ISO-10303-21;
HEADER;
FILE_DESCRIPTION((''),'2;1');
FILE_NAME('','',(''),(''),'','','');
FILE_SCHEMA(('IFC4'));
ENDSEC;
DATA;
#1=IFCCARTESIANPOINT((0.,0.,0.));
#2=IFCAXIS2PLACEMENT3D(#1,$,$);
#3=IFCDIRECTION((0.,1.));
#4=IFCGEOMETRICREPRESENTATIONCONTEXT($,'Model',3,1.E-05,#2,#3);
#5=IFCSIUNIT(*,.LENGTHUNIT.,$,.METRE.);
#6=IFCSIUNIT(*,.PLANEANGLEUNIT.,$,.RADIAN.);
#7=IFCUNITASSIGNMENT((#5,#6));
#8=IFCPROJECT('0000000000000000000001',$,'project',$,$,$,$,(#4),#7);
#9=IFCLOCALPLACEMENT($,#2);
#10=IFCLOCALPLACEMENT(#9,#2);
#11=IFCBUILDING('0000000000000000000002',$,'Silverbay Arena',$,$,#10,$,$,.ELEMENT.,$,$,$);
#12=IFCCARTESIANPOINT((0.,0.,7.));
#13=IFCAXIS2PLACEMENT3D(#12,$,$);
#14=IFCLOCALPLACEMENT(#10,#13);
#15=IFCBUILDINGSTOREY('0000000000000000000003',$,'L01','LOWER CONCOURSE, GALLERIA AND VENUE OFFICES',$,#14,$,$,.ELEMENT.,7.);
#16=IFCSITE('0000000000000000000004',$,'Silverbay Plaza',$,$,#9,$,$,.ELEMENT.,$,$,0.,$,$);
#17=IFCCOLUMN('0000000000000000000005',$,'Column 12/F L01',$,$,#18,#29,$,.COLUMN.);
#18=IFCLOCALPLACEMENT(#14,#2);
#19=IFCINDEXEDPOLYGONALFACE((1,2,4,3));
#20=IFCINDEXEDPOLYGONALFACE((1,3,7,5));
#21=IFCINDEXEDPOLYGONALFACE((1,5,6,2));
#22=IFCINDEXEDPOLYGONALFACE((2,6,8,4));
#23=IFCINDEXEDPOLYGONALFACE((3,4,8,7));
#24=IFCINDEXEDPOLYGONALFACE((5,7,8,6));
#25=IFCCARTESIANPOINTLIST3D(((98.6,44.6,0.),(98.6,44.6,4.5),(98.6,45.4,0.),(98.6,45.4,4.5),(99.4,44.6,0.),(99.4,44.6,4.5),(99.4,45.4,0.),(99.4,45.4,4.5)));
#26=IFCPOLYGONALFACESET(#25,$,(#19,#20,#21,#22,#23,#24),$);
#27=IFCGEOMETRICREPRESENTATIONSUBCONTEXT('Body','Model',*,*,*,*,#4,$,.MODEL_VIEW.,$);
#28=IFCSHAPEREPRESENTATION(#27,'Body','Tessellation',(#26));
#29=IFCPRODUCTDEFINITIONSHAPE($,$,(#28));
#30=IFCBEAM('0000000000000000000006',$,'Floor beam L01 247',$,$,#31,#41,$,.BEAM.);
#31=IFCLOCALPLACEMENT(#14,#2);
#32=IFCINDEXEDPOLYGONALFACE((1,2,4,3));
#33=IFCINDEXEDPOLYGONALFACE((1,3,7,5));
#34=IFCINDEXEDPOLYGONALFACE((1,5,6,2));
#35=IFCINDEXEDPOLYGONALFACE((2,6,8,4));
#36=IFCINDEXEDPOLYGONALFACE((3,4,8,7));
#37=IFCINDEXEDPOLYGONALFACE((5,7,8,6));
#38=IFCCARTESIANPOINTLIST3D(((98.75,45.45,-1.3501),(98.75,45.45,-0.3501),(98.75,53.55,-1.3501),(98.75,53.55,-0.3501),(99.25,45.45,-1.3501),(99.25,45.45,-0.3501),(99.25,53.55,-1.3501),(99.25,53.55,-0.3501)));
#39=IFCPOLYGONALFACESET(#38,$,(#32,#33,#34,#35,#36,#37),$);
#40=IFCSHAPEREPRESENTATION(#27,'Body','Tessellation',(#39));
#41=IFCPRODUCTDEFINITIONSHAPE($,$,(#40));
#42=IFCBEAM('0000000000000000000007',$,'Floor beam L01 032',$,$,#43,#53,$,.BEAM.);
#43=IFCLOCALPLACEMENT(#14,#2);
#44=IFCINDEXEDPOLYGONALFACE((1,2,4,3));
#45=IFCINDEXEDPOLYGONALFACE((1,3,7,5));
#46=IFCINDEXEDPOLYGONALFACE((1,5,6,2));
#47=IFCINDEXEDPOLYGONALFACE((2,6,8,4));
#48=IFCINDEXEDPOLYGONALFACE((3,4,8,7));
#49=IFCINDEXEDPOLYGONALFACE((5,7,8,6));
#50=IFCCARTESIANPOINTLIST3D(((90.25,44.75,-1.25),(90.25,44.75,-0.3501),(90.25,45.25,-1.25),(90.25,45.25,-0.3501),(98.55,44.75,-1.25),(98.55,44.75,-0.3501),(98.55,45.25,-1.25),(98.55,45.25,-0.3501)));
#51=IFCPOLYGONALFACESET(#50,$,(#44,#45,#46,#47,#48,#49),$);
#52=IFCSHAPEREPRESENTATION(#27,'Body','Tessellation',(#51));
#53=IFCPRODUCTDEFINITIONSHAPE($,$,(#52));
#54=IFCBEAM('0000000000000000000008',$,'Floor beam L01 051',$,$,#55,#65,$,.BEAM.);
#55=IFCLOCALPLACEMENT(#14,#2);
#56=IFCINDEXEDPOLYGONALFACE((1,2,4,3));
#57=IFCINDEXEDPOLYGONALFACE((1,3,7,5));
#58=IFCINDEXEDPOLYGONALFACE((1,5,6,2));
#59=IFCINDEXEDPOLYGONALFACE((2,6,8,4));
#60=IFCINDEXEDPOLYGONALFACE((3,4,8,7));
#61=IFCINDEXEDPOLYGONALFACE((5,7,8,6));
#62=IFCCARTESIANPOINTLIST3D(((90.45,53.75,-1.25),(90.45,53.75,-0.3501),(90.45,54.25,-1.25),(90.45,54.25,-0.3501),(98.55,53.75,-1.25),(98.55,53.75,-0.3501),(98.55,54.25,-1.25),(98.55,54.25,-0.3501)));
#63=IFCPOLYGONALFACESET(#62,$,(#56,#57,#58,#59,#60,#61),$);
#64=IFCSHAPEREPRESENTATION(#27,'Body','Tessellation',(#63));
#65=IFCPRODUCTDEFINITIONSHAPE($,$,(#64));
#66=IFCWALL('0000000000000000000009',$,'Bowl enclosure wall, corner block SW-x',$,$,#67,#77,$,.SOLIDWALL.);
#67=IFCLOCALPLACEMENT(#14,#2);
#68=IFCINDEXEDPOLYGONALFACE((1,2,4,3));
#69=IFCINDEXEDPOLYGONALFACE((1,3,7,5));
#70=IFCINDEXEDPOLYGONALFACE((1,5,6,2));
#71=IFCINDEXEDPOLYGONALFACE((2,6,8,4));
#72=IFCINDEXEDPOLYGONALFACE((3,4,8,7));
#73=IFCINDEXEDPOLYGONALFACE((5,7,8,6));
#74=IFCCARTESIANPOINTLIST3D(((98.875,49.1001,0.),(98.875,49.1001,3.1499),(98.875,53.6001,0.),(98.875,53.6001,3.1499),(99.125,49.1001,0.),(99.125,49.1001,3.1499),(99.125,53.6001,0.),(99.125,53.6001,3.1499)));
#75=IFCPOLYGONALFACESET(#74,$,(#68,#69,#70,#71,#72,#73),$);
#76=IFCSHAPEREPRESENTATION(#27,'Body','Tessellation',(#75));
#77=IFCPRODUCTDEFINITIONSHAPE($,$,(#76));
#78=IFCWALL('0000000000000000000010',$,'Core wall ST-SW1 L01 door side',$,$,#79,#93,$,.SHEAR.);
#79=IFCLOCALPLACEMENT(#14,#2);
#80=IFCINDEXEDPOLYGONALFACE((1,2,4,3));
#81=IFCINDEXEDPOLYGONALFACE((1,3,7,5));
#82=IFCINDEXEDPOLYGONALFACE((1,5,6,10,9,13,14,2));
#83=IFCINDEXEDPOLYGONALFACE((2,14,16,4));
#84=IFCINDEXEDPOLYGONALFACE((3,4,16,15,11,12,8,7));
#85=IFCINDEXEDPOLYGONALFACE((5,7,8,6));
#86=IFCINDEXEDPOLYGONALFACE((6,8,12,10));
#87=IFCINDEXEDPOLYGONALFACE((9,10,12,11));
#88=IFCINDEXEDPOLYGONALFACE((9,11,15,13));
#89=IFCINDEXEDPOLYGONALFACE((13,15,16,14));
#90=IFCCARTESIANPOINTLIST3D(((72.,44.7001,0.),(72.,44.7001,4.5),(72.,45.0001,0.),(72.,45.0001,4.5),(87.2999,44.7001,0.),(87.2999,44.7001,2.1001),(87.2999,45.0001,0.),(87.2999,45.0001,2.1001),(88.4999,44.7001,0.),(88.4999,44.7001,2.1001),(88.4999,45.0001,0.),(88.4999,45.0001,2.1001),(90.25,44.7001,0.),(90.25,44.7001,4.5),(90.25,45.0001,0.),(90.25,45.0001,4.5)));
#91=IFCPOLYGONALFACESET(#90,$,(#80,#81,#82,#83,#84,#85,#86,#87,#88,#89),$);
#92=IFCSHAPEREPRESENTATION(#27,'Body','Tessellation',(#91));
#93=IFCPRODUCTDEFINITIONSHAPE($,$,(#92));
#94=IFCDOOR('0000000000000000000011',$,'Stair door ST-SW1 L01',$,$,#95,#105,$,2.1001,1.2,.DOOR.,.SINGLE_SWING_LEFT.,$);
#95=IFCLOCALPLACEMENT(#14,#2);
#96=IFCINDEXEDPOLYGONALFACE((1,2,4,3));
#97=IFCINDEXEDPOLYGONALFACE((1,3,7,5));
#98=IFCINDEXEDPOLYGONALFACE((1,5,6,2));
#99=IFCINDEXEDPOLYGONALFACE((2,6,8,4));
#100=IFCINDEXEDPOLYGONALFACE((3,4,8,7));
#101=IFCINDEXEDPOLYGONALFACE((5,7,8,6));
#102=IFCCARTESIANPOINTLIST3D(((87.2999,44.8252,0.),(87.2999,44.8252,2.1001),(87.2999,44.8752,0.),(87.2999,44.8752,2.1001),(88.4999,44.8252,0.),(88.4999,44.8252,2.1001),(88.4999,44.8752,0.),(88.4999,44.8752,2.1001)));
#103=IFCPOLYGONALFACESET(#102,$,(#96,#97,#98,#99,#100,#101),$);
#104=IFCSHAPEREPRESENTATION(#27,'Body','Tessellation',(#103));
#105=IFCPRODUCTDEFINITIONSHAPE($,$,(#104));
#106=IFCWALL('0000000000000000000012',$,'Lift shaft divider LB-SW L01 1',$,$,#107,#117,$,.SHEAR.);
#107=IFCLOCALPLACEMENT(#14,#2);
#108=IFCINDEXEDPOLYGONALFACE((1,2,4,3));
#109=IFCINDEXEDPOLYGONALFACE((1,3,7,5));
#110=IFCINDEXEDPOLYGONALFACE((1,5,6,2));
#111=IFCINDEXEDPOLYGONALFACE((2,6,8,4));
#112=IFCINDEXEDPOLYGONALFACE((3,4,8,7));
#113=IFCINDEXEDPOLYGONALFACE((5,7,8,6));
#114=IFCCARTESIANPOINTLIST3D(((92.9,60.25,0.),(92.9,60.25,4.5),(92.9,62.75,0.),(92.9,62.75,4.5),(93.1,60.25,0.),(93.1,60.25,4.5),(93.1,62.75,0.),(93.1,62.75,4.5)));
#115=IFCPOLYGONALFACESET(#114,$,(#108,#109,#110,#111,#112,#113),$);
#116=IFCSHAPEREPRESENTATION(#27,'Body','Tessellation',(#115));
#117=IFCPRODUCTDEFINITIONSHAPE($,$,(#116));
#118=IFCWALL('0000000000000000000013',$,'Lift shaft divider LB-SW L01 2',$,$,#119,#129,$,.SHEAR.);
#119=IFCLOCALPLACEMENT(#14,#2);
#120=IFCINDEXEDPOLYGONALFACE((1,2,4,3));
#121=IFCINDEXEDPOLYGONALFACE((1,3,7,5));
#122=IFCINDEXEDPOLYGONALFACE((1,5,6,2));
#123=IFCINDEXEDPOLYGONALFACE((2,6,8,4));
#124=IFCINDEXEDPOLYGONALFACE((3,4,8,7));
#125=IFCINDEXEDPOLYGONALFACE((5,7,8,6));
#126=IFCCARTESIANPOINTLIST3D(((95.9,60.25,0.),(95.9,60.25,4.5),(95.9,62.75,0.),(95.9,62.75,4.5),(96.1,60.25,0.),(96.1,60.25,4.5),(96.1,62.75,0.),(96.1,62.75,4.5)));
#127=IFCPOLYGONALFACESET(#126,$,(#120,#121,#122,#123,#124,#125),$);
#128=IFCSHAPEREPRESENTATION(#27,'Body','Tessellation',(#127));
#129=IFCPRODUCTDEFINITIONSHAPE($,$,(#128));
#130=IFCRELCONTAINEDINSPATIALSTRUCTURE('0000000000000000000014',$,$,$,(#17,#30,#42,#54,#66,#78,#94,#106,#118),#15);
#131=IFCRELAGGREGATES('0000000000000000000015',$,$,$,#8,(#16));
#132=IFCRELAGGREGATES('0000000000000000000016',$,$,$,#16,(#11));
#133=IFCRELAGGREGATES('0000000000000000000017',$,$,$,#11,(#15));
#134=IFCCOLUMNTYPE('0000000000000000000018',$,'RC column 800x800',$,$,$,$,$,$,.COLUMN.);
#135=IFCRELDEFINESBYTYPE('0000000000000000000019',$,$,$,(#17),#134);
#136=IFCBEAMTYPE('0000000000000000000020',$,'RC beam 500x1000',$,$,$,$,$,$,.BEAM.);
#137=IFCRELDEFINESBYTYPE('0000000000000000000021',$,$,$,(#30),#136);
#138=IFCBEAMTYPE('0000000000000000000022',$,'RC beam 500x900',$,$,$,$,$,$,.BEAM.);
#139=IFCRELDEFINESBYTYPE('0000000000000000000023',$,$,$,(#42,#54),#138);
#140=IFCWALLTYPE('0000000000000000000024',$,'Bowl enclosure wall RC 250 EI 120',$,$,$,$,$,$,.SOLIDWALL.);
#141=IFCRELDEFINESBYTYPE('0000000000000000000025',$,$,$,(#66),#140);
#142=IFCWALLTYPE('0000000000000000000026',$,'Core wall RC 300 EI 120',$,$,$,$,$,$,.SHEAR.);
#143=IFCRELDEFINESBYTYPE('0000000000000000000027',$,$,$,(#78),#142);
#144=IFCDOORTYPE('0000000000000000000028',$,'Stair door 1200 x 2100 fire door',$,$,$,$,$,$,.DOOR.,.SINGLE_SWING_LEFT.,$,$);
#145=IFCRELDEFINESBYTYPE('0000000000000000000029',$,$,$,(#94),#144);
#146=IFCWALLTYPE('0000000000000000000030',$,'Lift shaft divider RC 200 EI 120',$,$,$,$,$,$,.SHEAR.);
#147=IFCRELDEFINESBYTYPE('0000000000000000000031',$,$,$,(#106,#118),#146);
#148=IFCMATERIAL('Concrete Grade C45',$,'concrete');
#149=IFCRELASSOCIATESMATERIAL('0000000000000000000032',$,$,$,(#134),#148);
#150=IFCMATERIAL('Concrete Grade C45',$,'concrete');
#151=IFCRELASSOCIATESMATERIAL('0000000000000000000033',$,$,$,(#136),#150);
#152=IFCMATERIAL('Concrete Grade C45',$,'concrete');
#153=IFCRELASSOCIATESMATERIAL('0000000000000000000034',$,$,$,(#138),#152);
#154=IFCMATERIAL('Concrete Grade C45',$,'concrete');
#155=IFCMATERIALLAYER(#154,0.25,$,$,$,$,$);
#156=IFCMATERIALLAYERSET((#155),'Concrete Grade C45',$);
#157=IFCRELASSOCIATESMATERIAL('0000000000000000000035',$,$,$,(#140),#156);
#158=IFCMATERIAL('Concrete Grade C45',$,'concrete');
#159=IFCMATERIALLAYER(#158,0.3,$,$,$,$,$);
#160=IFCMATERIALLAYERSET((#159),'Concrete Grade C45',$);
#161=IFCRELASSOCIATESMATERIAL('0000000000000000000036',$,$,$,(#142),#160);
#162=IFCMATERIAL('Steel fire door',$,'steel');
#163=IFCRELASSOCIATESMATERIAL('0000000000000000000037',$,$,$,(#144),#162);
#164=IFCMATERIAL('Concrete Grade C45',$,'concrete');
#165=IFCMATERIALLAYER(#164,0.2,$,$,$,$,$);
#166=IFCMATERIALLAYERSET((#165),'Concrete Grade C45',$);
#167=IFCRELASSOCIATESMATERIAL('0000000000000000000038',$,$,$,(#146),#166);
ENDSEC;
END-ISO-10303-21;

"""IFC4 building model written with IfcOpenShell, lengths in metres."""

from ifc_helpers import new_model, si_unit, direction, frame, frame_2d, origin, origin_2d, place, context, subcontext, project, spatial, rectangle, extrude, material, layer, layer_set, material_profile, profile_set, type_object, element, fill, save


model = new_model("IFC4")

# Units and contexts
model_context = context("Model", 3, precision=1e-05, world=origin(), true_north=direction((0.0, 1.0)))
body_context = subcontext(model_context, "Body", "Model", "MODEL_VIEW")
ifc_project = project(units=[si_unit("LENGTHUNIT", "METRE"), si_unit("PLANEANGLEUNIT", "RADIAN")], contexts=[model_context])

# Site, building, storey
site_placement = place(None, origin())
site = spatial("IfcSite", under=ifc_project, at=site_placement, Name="Silverbay Plaza", CompositionType="ELEMENT", RefElevation=0.0)
building_placement = place(site_placement, origin())
building = spatial("IfcBuilding", under=site, at=building_placement, Name="Silverbay Arena", CompositionType="ELEMENT")
storey_placement = place(building_placement, frame((0.0, 0.0, 7.0)))
storey = spatial("IfcBuildingStorey", under=building, at=storey_placement, Name="L01", Description="LOWER CONCOURSE, GALLERIA AND VENUE OFFICES", CompositionType="ELEMENT", Elevation=7.0)

# Column
ifc_material_1 = material(Name="Concrete Grade C45", Category="concrete")
ifc_material_profile_1 = material_profile(ifc_material_1, rectangle(XDim=0.8, YDim=0.8, at=origin_2d()), Name="RC 800x800")
ifc_profile_set_1 = profile_set([ifc_material_profile_1], Name="Concrete Grade C45")
column_type = type_object("IfcColumnType", Name="RC column 800x800", PredefinedType="COLUMN", material=ifc_profile_set_1)
column_placement = place(storey_placement, frame((99.0, 45.0, 0.0), z_axis=(0.0, 0.0, 1.0), x_axis=(1.0, 0.0, 0.0)))
element("IfcColumn", 1, at=column_placement, inside=storey, type_object=column_type, Name="Column 12/F L01", PredefinedType="COLUMN", context=body_context, shape_type="SweptSolid", body=[
    extrude(rectangle(XDim=0.8, YDim=0.8, at=origin_2d()), origin(), (0.0, 0.0, 1.0), 4.5),
])

# Beams
ifc_material_2 = material(Name="Concrete Grade C45", Category="concrete")
ifc_material_profile_2 = material_profile(ifc_material_2, rectangle(XDim=0.5, YDim=1.0, at=origin_2d()), Name="RC 500x1000")
ifc_profile_set_2 = profile_set([ifc_material_profile_2], Name="Concrete Grade C45")
beam_type_1 = type_object("IfcBeamType", Name="RC beam 500x1000", PredefinedType="BEAM", material=ifc_profile_set_2)
beam_1_placement = place(storey_placement, frame((99.0, 45.45, -0.8501), z_axis=(0.0, 1.0, 0.0), x_axis=(-1.0, 0.0, 0.0)))
element("IfcBeam", 2, at=beam_1_placement, inside=storey, type_object=beam_type_1, Name="Floor beam L01 247", PredefinedType="BEAM", context=body_context, shape_type="SweptSolid", body=[
    extrude(rectangle(XDim=0.5, YDim=1.0, at=origin_2d()), origin(), (0.0, 0.0, 1.0), 8.1001),
])
ifc_material_3 = material(Name="Concrete Grade C45", Category="concrete")
ifc_material_profile_3 = material_profile(ifc_material_3, rectangle(XDim=0.5, YDim=0.8999, at=origin_2d()), Name="RC 500x900")
ifc_profile_set_3 = profile_set([ifc_material_profile_3], Name="Concrete Grade C45")
beam_type_2 = type_object("IfcBeamType", Name="RC beam 500x900", PredefinedType="BEAM", material=ifc_profile_set_3)
beam_2_placement = place(storey_placement, frame((90.25, 45.0, -0.8), z_axis=(1.0, 0.0, 0.0), x_axis=(0.0, 1.0, 0.0)))
element("IfcBeam", 3, at=beam_2_placement, inside=storey, type_object=beam_type_2, Name="Floor beam L01 032", PredefinedType="BEAM", context=body_context, shape_type="SweptSolid", body=[
    extrude(rectangle(XDim=0.5, YDim=0.8999, at=origin_2d()), origin(), (0.0, 0.0, 1.0), 8.3),
])
beam_3_placement = place(storey_placement, frame((90.45, 54.0, -0.8), z_axis=(1.0, 0.0, 0.0), x_axis=(0.0, 1.0, 0.0)))
element("IfcBeam", 4, at=beam_3_placement, inside=storey, type_object=beam_type_2, Name="Floor beam L01 051", PredefinedType="BEAM", context=body_context, shape_type="SweptSolid", body=[
    extrude(rectangle(XDim=0.5, YDim=0.8999, at=origin_2d()), origin(), (0.0, 0.0, 1.0), 8.1001),
])

# Shared definitions
ifc_material_4 = material(Name="Concrete Grade C45", Category="concrete")
ifc_layer_1 = layer(ifc_material_4, 0.25)
ifc_layer_set_1 = layer_set([ifc_layer_1], Name="Concrete Grade C45")
wall_type_1 = type_object("IfcWallType", Name="Bowl enclosure wall RC 250 EI 120", PredefinedType="SOLIDWALL", material=ifc_layer_set_1)

# Wall
wall_1_placement = place(storey_placement, frame((99.0, 49.1001, 0.0), z_axis=(0.0, 0.0, 1.0), x_axis=(0.0, 1.0, 0.0)))
element("IfcWall", 5, at=wall_1_placement, inside=storey, type_object=wall_type_1, Name="Bowl enclosure wall, corner block SW-x", PredefinedType="SOLIDWALL", context=body_context, shape_type="SweptSolid", body=[
    extrude(rectangle(XDim=4.5, YDim=0.25, at=frame_2d((2.25, 0.0))), origin(), (0.0, 0.0, 1.0), 3.1499),
])

# Wall, opening, door
ifc_material_5 = material(Name="Concrete Grade C45", Category="concrete")
ifc_layer_2 = layer(ifc_material_5, 0.3)
ifc_layer_set_2 = layer_set([ifc_layer_2], Name="Concrete Grade C45")
wall_type_2 = type_object("IfcWallType", Name="Core wall RC 300 EI 120", PredefinedType="SHEAR", material=ifc_layer_set_2)
wall_2_placement = place(storey_placement, frame((90.25, 44.8501, 0.0), z_axis=(0.0, 0.0, 1.0), x_axis=(-1.0, 0.0, 0.0)))
wall_2 = element("IfcWall", 6, at=wall_2_placement, inside=storey, type_object=wall_type_2, Name="Core wall ST-SW1 L01 door side", PredefinedType="SHEAR", context=body_context, shape_type="SweptSolid", body=[
    extrude(rectangle(XDim=18.25, YDim=0.3, at=frame_2d((9.125, 0.0))), origin(), (0.0, 0.0, 1.0), 4.5),
])
opening_1_placement = place(wall_2_placement, frame((1.75, 0.0, 0.0)))
opening_1 = element("IfcOpeningElement", 7, at=opening_1_placement, cuts=wall_2, PredefinedType="OPENING", context=body_context, shape_type="SweptSolid", body=[
    extrude(rectangle(XDim=1.2, YDim=2.1001, at=frame_2d((0.6001, 1.05))), frame((0.0, 0.1602, 0.0), z_axis=(0.0, -1.0, 0.0), x_axis=(1.0, 0.0, 0.0)), (0.0, 0.0, 1.0), 0.3201),
])
ifc_material_6 = material(Name="Steel fire door", Category="steel")
door_type_1 = type_object("IfcDoorType", Name="Stair door 1200 x 2100 fire door", OperationType="SINGLE_SWING_LEFT", PredefinedType="DOOR", material=ifc_material_6)
door_1_placement = place(opening_1_placement, origin())
door_1 = element("IfcDoor", 8, at=door_1_placement, inside=storey, type_object=door_type_1, Name="Stair door ST-SW1 L01", OperationType="SINGLE_SWING_LEFT", OverallHeight=2.1001, OverallWidth=1.2, PredefinedType="DOOR", context=body_context, shape_type="SweptSolid", body=[
    extrude(rectangle(XDim=1.2, YDim=2.1001, at=frame_2d((0.6001, 1.05))), frame((0.0, 0.0249, 0.0), z_axis=(0.0, -1.0, 0.0), x_axis=(1.0, 0.0, 0.0)), (0.0, 0.0, 1.0), 0.05),
])
fill(opening_1, door_1)

# Walls
ifc_material_7 = material(Name="Concrete Grade C45", Category="concrete")
ifc_layer_3 = layer(ifc_material_7, 0.2)
ifc_layer_set_3 = layer_set([ifc_layer_3], Name="Concrete Grade C45")
wall_type_3 = type_object("IfcWallType", Name="Lift shaft divider RC 200 EI 120", PredefinedType="SHEAR", material=ifc_layer_set_3)
for number, where, z_axis, x_axis, name in (
    (9, (93.0, 60.25, 0.0), (0.0, 0.0, 1.0), (0.0, 1.0, 0.0), "Lift shaft divider LB-SW L01 1"),
    (10, (96.0, 60.25, 0.0), (0.0, 0.0, 1.0), (0.0, 1.0, 0.0), "Lift shaft divider LB-SW L01 2"),
):
    element("IfcWall", number, at=place(storey_placement, frame(where, z_axis=z_axis, x_axis=x_axis)), inside=storey, type_object=wall_type_3, Name=name, PredefinedType="SHEAR", context=body_context, shape_type="SweptSolid", body=[
        extrude(rectangle(XDim=2.5, YDim=0.2, at=frame_2d((1.25, 0.0))), origin(), (0.0, 0.0, 1.0), 4.5),
    ])

save(model, "model.ifc")
